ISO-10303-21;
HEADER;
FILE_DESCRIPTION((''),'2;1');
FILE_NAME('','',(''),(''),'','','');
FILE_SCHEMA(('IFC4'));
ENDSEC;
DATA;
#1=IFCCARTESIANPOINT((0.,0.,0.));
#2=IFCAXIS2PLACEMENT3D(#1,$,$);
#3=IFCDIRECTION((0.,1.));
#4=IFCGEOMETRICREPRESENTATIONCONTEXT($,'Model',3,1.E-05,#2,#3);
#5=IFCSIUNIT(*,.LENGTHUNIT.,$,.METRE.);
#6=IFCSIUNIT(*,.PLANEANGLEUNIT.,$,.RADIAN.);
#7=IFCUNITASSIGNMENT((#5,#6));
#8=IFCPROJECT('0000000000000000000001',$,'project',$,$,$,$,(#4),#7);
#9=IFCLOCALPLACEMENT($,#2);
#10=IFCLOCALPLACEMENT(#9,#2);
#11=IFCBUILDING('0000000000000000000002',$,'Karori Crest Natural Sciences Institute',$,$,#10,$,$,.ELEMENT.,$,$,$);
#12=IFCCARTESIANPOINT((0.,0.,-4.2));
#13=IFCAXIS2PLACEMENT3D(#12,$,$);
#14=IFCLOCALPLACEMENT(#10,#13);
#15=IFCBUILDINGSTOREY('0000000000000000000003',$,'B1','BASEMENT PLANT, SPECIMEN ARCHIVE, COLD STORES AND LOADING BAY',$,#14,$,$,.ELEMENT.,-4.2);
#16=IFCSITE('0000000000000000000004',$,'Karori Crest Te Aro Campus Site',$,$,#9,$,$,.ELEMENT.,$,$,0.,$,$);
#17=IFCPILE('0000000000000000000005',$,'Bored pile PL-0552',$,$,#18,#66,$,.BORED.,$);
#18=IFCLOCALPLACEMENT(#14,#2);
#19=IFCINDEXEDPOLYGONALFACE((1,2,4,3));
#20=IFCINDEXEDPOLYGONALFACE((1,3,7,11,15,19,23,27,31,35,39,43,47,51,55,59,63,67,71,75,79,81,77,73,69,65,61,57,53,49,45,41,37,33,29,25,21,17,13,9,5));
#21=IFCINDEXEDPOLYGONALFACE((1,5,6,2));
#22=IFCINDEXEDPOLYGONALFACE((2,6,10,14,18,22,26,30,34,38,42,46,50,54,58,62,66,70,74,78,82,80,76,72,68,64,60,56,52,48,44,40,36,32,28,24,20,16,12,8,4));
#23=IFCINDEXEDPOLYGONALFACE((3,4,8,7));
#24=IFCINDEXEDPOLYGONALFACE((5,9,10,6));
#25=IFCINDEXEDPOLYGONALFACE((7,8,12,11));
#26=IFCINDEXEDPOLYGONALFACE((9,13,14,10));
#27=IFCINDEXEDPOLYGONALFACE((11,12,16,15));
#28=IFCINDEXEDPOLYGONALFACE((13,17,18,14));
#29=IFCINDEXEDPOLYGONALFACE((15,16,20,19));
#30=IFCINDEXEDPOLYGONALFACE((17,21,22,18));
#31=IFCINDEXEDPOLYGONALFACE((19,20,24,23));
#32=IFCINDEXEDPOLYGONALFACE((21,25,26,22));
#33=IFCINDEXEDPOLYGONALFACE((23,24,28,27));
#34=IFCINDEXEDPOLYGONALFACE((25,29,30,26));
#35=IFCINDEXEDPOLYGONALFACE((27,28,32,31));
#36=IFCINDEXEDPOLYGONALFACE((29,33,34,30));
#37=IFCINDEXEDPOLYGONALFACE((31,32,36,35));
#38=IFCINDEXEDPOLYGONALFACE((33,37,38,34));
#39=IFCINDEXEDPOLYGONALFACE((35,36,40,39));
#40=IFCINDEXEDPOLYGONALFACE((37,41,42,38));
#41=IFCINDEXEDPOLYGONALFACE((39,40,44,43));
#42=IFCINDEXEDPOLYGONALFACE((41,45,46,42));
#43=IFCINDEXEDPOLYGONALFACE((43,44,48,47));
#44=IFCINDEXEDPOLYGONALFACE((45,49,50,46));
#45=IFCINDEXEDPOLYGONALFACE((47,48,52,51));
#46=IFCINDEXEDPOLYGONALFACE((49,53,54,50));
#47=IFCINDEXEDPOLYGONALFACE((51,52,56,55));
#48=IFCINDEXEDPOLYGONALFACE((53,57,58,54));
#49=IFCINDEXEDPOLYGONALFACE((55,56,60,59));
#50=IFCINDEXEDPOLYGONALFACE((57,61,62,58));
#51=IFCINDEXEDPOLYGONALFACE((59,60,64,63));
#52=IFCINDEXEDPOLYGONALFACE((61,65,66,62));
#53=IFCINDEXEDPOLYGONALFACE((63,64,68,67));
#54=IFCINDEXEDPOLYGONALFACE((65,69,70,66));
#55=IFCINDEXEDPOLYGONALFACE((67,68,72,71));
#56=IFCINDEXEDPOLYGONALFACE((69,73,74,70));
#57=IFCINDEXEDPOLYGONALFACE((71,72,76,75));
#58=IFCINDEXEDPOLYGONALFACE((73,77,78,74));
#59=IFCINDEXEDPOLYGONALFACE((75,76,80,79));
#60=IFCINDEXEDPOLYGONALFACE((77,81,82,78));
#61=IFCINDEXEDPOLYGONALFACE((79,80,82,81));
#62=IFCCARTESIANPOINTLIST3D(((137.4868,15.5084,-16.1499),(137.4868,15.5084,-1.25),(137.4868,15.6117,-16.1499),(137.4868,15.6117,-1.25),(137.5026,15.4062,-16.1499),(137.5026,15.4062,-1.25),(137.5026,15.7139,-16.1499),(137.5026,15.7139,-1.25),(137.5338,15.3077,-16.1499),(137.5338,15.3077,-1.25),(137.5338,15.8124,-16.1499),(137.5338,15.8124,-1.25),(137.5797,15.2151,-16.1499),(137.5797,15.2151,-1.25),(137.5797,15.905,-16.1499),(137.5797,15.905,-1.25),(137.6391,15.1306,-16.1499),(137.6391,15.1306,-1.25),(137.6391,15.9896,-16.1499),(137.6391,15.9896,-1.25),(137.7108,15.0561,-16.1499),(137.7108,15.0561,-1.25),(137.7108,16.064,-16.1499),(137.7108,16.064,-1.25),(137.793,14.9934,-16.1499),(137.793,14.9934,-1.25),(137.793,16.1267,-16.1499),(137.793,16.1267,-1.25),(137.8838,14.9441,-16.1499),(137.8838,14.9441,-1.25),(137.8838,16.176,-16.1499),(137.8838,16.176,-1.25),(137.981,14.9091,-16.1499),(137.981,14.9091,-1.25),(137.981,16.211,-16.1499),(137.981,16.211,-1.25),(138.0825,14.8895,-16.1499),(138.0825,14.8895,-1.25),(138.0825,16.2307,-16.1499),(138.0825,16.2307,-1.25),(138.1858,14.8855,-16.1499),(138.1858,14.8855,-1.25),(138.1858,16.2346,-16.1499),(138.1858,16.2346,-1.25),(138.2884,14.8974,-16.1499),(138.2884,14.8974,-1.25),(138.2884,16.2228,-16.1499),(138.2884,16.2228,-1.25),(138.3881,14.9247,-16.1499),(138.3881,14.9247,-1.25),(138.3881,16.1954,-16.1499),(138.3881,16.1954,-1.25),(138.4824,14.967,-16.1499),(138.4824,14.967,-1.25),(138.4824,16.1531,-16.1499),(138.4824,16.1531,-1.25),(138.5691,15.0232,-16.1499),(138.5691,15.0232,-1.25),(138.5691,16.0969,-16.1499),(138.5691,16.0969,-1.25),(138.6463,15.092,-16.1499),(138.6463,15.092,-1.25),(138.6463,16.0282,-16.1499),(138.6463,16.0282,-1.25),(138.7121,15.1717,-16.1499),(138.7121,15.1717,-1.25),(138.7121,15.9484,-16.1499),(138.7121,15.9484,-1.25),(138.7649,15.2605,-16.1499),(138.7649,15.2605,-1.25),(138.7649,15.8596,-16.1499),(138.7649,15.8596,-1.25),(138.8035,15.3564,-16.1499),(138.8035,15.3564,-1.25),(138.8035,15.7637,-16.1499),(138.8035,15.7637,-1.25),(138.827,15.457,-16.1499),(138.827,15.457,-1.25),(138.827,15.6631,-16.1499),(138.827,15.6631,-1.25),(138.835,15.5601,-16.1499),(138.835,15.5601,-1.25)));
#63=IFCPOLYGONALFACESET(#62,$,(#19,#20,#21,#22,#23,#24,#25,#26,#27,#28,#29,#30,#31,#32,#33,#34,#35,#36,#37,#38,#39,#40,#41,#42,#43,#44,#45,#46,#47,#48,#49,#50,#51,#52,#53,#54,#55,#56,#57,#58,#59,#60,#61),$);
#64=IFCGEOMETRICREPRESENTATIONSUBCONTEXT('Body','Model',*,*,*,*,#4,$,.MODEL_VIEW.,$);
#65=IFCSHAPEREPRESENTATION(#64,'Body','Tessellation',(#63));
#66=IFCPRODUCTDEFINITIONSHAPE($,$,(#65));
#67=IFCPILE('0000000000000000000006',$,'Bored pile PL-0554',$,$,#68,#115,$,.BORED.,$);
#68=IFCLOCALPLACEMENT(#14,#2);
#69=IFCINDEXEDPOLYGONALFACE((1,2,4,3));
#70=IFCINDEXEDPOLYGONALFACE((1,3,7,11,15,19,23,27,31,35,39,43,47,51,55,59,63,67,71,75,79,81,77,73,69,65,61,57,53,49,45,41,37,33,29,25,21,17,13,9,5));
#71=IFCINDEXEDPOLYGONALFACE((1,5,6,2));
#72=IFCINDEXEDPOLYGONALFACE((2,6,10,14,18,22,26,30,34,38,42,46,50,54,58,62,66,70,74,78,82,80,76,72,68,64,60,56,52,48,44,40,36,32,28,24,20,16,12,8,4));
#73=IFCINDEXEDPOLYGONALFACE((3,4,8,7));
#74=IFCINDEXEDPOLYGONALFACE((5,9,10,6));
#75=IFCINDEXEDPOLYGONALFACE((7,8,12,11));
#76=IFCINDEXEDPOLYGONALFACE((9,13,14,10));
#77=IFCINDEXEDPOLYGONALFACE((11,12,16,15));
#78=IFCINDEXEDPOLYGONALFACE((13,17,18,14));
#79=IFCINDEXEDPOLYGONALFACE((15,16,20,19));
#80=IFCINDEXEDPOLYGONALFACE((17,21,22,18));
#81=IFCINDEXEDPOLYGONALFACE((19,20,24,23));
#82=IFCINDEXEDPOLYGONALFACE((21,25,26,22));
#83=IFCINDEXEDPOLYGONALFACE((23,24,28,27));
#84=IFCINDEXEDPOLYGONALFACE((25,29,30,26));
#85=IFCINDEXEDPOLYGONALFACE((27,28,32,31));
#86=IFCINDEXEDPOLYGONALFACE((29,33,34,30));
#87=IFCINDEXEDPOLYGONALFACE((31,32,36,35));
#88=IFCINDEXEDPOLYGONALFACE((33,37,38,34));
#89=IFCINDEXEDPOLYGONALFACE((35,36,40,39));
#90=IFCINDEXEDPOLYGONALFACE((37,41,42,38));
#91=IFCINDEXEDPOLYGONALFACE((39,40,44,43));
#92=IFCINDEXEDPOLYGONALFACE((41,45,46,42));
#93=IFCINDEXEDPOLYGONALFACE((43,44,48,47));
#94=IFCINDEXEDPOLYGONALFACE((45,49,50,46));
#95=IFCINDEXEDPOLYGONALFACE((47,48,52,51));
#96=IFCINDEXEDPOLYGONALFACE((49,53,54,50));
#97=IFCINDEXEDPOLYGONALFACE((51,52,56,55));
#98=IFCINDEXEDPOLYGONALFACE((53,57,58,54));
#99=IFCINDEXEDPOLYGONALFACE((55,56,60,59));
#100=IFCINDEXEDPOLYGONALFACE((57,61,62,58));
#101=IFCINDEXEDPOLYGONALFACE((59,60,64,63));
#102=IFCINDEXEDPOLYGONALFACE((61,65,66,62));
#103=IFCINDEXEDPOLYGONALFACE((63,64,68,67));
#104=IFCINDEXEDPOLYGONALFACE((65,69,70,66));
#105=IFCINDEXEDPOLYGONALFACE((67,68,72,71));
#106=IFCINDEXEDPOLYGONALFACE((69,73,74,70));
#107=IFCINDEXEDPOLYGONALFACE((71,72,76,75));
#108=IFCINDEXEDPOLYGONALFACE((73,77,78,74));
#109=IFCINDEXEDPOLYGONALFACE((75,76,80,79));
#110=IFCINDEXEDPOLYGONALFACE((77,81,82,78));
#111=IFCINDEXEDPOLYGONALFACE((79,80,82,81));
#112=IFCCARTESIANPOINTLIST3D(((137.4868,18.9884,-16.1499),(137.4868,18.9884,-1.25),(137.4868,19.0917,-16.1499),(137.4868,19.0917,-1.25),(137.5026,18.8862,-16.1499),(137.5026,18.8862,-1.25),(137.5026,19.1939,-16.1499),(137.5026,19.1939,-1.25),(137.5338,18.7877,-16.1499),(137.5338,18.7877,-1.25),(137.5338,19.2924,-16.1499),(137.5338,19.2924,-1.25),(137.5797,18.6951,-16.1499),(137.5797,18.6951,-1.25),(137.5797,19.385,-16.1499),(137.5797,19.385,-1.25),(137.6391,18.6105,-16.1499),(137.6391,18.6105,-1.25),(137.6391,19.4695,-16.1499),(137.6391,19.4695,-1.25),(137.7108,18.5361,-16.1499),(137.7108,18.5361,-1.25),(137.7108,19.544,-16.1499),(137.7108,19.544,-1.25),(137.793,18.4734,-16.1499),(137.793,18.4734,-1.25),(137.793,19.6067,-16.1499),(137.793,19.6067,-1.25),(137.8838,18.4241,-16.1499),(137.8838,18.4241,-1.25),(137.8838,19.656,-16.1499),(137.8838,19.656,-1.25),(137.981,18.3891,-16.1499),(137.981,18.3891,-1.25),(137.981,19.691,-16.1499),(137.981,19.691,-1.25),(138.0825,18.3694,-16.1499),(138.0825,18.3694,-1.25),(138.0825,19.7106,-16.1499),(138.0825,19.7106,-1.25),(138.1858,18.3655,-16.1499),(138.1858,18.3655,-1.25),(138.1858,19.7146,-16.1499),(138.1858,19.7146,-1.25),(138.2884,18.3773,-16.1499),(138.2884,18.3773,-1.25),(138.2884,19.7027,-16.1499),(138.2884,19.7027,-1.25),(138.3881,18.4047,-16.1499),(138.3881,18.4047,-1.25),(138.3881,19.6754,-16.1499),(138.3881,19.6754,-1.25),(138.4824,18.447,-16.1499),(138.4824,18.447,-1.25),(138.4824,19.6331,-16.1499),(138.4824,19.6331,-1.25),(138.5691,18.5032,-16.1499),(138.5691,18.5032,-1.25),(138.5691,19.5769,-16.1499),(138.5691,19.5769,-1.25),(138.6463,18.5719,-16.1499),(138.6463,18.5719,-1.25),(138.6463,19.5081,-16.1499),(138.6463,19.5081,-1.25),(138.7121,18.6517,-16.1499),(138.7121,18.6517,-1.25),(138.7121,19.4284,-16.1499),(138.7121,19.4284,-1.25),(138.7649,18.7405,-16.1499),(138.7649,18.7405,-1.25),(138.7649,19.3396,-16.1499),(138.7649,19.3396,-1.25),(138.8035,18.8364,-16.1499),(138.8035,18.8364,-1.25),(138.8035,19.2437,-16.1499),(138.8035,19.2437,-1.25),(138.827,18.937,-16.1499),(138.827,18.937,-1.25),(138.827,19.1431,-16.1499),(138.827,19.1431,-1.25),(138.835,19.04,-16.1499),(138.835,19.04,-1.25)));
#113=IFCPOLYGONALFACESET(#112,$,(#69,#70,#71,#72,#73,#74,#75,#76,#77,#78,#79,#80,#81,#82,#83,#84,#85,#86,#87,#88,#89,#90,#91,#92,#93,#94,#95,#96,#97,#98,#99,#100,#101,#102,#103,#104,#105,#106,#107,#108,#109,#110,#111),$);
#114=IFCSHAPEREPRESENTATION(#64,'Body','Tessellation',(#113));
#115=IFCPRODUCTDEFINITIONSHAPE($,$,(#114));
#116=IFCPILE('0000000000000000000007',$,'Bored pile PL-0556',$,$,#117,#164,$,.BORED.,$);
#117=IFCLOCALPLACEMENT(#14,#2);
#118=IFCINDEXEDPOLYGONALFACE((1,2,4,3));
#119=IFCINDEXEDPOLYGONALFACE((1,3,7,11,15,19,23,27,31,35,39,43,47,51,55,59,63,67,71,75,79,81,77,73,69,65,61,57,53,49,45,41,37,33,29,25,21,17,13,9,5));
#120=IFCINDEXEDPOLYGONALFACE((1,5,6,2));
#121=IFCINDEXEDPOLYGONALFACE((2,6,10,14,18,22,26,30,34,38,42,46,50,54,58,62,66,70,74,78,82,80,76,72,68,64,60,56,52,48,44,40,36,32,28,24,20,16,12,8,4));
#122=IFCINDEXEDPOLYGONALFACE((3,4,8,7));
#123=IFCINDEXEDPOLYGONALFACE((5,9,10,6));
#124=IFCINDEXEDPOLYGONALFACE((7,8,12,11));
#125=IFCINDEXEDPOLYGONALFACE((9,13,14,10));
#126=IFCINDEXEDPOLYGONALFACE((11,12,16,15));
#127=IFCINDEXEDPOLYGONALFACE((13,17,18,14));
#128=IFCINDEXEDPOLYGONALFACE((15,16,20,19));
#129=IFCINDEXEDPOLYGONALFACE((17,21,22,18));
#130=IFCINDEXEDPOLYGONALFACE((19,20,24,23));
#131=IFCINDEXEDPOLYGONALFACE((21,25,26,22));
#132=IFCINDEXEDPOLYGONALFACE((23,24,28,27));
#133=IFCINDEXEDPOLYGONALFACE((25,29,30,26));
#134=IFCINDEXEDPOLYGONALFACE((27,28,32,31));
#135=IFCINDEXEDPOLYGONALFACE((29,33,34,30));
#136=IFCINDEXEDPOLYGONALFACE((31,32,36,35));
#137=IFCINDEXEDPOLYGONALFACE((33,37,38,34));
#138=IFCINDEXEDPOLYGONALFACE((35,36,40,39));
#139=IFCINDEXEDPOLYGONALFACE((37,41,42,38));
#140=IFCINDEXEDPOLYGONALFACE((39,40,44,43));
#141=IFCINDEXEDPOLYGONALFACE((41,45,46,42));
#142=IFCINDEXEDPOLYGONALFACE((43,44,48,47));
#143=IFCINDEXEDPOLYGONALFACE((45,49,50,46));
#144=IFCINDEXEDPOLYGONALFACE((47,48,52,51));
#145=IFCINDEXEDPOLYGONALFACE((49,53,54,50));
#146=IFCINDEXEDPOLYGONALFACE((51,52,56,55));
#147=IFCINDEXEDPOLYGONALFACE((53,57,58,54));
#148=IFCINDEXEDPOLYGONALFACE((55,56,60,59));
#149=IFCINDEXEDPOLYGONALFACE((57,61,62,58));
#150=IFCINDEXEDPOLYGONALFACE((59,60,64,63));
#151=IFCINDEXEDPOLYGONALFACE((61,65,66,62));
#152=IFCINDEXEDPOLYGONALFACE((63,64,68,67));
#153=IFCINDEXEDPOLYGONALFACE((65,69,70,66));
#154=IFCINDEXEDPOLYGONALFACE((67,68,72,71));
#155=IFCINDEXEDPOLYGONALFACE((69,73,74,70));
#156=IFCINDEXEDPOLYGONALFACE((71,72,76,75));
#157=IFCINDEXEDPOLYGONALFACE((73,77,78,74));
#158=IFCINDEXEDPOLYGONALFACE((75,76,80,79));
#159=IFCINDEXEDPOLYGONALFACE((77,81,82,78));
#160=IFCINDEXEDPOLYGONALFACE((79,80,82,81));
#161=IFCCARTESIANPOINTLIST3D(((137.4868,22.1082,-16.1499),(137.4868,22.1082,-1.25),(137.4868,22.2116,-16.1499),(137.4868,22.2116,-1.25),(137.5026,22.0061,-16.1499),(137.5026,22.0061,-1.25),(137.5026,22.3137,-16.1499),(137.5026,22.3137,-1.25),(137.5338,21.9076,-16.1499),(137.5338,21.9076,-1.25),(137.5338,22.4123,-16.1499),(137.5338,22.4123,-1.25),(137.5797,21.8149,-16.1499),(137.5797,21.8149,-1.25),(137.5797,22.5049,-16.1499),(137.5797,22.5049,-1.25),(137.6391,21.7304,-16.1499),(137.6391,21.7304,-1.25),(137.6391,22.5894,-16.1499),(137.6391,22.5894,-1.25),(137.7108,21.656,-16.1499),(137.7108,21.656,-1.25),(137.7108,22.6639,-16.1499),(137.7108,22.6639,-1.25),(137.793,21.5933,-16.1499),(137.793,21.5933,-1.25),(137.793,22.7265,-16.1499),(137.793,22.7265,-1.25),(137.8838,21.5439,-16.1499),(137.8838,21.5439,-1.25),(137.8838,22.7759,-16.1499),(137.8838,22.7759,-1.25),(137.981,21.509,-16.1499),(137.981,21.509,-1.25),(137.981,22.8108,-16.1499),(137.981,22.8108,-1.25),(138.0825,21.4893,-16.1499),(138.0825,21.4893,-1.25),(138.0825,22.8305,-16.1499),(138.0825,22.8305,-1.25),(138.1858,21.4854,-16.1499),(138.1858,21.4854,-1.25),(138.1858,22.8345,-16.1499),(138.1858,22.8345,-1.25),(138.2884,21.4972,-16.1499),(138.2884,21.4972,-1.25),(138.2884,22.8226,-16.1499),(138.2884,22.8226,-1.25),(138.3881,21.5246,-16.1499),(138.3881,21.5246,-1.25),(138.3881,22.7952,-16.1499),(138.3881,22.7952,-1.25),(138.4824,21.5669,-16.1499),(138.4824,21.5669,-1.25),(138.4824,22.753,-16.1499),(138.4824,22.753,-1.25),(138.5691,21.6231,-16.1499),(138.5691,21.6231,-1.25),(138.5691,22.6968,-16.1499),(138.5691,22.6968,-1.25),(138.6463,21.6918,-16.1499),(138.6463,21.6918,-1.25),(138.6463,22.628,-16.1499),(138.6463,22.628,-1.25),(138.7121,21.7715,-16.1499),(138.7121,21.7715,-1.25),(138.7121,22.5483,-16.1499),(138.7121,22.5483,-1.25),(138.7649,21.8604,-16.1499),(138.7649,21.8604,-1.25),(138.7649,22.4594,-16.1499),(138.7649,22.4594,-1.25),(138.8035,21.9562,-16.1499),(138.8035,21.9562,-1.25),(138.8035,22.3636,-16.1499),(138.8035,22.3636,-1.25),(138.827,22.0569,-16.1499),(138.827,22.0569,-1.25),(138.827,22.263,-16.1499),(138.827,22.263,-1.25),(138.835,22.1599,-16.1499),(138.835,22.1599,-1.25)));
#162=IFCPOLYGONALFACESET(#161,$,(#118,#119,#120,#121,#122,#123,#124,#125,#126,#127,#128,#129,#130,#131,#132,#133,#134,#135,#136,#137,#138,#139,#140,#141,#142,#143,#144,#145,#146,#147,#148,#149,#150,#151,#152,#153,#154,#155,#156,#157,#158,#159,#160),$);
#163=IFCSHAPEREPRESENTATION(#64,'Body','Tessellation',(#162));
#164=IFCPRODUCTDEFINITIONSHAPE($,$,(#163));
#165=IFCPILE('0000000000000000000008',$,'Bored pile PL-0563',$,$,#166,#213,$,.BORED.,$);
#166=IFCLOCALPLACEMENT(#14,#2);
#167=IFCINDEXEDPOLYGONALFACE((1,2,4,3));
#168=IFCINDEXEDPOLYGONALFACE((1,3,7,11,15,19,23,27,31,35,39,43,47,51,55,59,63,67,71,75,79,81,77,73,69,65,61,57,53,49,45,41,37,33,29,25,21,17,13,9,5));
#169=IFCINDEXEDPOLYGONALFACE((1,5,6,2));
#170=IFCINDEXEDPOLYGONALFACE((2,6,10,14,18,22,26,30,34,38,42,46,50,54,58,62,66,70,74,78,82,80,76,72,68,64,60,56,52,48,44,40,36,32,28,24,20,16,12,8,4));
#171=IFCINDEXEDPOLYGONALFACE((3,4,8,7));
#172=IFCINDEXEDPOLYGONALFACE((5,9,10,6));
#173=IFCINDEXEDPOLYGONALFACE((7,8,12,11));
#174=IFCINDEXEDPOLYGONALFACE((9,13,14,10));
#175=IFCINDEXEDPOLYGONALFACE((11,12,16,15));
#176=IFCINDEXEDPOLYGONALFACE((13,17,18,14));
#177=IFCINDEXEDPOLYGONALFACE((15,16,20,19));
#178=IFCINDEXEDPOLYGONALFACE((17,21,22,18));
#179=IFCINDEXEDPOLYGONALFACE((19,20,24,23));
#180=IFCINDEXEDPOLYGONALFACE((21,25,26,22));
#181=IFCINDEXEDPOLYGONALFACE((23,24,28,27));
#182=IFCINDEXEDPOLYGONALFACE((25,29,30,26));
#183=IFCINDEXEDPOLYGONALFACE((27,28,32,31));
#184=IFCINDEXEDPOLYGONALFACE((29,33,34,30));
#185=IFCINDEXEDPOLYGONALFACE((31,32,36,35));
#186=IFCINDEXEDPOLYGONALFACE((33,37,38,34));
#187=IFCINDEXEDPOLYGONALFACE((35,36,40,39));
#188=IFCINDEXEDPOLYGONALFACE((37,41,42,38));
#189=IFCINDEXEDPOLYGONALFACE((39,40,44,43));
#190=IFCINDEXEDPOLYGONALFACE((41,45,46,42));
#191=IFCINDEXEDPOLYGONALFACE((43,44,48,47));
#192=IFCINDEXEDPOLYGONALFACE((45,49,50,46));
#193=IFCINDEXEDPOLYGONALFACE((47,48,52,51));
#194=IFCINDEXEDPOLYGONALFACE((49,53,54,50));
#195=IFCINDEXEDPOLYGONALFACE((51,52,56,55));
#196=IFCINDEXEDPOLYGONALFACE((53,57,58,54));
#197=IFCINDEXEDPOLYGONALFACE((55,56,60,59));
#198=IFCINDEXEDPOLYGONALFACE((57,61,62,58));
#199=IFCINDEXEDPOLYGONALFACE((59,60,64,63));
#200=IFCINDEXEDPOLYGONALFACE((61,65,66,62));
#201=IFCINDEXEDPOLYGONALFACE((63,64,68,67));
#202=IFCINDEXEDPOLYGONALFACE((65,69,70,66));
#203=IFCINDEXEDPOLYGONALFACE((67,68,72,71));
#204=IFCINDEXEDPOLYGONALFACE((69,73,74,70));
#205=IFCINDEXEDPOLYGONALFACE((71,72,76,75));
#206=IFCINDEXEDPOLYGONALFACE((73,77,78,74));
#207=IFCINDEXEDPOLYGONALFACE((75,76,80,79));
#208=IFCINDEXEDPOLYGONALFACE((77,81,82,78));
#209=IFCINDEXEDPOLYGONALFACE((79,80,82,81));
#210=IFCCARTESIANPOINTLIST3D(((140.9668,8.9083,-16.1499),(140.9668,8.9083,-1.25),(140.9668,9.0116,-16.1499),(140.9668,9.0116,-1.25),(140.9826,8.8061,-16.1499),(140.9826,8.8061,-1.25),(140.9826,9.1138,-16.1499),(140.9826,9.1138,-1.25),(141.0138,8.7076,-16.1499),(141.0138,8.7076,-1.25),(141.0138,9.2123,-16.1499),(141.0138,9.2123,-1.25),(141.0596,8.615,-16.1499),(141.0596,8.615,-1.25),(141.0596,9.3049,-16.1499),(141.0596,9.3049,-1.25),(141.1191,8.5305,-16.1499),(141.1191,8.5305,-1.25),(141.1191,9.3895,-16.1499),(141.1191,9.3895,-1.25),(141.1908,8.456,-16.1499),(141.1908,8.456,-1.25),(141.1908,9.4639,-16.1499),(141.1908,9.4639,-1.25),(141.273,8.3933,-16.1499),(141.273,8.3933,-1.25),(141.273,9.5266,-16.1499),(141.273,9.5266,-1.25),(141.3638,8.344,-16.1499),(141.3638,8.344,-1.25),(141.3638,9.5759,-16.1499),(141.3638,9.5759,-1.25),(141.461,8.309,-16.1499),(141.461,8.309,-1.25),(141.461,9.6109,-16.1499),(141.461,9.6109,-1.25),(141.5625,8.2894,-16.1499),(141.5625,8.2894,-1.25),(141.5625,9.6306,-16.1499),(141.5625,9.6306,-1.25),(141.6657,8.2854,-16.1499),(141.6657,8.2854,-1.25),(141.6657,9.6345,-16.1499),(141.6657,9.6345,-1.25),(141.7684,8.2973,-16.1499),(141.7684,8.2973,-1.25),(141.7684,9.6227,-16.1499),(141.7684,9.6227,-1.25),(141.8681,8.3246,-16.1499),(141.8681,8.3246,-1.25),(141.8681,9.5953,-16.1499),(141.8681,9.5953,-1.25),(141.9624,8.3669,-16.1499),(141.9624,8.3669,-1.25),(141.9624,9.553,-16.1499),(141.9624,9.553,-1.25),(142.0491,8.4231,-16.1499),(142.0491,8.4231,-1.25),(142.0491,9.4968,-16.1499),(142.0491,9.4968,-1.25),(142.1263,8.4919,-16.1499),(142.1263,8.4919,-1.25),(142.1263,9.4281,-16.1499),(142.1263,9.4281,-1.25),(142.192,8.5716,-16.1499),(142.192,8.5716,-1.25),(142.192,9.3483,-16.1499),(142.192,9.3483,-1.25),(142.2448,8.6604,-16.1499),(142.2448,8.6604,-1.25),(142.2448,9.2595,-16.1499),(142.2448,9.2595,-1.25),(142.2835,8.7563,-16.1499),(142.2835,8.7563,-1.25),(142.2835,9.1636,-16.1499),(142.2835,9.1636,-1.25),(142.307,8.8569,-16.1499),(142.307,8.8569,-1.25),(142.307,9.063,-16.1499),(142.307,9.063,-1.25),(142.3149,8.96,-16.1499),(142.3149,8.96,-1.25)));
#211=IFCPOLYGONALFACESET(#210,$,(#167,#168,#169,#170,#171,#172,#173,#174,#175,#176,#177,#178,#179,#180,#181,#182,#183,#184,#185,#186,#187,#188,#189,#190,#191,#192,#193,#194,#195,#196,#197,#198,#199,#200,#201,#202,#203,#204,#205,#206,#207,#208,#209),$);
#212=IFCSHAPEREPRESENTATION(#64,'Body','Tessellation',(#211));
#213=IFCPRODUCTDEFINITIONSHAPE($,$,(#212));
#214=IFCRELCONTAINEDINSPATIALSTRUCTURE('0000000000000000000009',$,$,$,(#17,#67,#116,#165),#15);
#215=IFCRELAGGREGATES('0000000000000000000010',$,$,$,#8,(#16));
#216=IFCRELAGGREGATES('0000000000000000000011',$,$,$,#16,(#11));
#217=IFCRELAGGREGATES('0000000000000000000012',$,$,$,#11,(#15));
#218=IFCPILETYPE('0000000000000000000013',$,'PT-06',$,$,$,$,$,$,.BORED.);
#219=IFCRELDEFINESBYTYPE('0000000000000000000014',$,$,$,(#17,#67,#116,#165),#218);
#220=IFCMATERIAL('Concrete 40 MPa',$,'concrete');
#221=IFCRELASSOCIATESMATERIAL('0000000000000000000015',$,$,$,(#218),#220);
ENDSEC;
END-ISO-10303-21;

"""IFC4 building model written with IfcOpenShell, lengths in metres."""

from ifc_helpers import new_model, si_unit, direction, frame, origin, origin_2d, place, context, subcontext, project, spatial, circle, extrude, material, material_profile, profile_set, type_object, element, save


model = new_model("IFC4")

# Units and contexts
model_context = context("Model", 3, precision=1e-05, world=origin(), true_north=direction((0.0, 1.0)))
body_context = subcontext(model_context, "Body", "Model", "MODEL_VIEW")
ifc_project = project(units=[si_unit("LENGTHUNIT", "METRE"), si_unit("PLANEANGLEUNIT", "RADIAN")], contexts=[model_context])

# Site, building, storey
site_placement = place(None, origin())
site = spatial("IfcSite", under=ifc_project, at=site_placement, Name="Karori Crest Te Aro Campus Site", CompositionType="ELEMENT", RefElevation=0.0)
building_placement = place(site_placement, origin())
building = spatial("IfcBuilding", under=site, at=building_placement, Name="Karori Crest Natural Sciences Institute", CompositionType="ELEMENT")
storey_placement = place(building_placement, frame((0.0, 0.0, -4.2)))
storey = spatial("IfcBuildingStorey", under=building, at=storey_placement, Name="B1", Description="BASEMENT PLANT, SPECIMEN ARCHIVE, COLD STORES AND LOADING BAY", CompositionType="ELEMENT", Elevation=-4.2)

# Shared definitions
ifc_material_1 = material(Name="Concrete 40 MPa", Category="concrete")

# Piles
ifc_material_profile_1 = material_profile(ifc_material_1, circle(Radius=0.675, at=origin_2d()), Name="PILE1350")
ifc_profile_set_1 = profile_set([ifc_material_profile_1], Name="Concrete 40 MPa")
pile_type = type_object("IfcPileType", Name="PT-06", PredefinedType="BORED", material=ifc_profile_set_1)
for number, where, z_axis, x_axis, name in (
    (1, (138.1599, 15.5601, -1.25), (0.0, 0.0, -1.0), (1.0, 0.0, 0.0), "Bored pile PL-0552"),
    (2, (138.1599, 19.04, -1.25), (0.0, 0.0, -1.0), (1.0, 0.0, 0.0), "Bored pile PL-0554"),
    (3, (138.1599, 22.1599, -1.25), (0.0, 0.0, -1.0), (1.0, 0.0, 0.0), "Bored pile PL-0556"),
    (4, (141.6399, 8.96, -1.25), (0.0, 0.0, -1.0), (1.0, 0.0, 0.0), "Bored pile PL-0563"),
):
    element("IfcPile", number, at=place(storey_placement, frame(where, z_axis=z_axis, x_axis=x_axis)), inside=storey, type_object=pile_type, Name=name, PredefinedType="BORED", context=body_context, shape_type="SweptSolid", body=[
        extrude(circle(Radius=0.675, at=origin_2d()), origin(), (0.0, 0.0, 1.0), 14.8999),
    ])

save(model, "model.ifc")
